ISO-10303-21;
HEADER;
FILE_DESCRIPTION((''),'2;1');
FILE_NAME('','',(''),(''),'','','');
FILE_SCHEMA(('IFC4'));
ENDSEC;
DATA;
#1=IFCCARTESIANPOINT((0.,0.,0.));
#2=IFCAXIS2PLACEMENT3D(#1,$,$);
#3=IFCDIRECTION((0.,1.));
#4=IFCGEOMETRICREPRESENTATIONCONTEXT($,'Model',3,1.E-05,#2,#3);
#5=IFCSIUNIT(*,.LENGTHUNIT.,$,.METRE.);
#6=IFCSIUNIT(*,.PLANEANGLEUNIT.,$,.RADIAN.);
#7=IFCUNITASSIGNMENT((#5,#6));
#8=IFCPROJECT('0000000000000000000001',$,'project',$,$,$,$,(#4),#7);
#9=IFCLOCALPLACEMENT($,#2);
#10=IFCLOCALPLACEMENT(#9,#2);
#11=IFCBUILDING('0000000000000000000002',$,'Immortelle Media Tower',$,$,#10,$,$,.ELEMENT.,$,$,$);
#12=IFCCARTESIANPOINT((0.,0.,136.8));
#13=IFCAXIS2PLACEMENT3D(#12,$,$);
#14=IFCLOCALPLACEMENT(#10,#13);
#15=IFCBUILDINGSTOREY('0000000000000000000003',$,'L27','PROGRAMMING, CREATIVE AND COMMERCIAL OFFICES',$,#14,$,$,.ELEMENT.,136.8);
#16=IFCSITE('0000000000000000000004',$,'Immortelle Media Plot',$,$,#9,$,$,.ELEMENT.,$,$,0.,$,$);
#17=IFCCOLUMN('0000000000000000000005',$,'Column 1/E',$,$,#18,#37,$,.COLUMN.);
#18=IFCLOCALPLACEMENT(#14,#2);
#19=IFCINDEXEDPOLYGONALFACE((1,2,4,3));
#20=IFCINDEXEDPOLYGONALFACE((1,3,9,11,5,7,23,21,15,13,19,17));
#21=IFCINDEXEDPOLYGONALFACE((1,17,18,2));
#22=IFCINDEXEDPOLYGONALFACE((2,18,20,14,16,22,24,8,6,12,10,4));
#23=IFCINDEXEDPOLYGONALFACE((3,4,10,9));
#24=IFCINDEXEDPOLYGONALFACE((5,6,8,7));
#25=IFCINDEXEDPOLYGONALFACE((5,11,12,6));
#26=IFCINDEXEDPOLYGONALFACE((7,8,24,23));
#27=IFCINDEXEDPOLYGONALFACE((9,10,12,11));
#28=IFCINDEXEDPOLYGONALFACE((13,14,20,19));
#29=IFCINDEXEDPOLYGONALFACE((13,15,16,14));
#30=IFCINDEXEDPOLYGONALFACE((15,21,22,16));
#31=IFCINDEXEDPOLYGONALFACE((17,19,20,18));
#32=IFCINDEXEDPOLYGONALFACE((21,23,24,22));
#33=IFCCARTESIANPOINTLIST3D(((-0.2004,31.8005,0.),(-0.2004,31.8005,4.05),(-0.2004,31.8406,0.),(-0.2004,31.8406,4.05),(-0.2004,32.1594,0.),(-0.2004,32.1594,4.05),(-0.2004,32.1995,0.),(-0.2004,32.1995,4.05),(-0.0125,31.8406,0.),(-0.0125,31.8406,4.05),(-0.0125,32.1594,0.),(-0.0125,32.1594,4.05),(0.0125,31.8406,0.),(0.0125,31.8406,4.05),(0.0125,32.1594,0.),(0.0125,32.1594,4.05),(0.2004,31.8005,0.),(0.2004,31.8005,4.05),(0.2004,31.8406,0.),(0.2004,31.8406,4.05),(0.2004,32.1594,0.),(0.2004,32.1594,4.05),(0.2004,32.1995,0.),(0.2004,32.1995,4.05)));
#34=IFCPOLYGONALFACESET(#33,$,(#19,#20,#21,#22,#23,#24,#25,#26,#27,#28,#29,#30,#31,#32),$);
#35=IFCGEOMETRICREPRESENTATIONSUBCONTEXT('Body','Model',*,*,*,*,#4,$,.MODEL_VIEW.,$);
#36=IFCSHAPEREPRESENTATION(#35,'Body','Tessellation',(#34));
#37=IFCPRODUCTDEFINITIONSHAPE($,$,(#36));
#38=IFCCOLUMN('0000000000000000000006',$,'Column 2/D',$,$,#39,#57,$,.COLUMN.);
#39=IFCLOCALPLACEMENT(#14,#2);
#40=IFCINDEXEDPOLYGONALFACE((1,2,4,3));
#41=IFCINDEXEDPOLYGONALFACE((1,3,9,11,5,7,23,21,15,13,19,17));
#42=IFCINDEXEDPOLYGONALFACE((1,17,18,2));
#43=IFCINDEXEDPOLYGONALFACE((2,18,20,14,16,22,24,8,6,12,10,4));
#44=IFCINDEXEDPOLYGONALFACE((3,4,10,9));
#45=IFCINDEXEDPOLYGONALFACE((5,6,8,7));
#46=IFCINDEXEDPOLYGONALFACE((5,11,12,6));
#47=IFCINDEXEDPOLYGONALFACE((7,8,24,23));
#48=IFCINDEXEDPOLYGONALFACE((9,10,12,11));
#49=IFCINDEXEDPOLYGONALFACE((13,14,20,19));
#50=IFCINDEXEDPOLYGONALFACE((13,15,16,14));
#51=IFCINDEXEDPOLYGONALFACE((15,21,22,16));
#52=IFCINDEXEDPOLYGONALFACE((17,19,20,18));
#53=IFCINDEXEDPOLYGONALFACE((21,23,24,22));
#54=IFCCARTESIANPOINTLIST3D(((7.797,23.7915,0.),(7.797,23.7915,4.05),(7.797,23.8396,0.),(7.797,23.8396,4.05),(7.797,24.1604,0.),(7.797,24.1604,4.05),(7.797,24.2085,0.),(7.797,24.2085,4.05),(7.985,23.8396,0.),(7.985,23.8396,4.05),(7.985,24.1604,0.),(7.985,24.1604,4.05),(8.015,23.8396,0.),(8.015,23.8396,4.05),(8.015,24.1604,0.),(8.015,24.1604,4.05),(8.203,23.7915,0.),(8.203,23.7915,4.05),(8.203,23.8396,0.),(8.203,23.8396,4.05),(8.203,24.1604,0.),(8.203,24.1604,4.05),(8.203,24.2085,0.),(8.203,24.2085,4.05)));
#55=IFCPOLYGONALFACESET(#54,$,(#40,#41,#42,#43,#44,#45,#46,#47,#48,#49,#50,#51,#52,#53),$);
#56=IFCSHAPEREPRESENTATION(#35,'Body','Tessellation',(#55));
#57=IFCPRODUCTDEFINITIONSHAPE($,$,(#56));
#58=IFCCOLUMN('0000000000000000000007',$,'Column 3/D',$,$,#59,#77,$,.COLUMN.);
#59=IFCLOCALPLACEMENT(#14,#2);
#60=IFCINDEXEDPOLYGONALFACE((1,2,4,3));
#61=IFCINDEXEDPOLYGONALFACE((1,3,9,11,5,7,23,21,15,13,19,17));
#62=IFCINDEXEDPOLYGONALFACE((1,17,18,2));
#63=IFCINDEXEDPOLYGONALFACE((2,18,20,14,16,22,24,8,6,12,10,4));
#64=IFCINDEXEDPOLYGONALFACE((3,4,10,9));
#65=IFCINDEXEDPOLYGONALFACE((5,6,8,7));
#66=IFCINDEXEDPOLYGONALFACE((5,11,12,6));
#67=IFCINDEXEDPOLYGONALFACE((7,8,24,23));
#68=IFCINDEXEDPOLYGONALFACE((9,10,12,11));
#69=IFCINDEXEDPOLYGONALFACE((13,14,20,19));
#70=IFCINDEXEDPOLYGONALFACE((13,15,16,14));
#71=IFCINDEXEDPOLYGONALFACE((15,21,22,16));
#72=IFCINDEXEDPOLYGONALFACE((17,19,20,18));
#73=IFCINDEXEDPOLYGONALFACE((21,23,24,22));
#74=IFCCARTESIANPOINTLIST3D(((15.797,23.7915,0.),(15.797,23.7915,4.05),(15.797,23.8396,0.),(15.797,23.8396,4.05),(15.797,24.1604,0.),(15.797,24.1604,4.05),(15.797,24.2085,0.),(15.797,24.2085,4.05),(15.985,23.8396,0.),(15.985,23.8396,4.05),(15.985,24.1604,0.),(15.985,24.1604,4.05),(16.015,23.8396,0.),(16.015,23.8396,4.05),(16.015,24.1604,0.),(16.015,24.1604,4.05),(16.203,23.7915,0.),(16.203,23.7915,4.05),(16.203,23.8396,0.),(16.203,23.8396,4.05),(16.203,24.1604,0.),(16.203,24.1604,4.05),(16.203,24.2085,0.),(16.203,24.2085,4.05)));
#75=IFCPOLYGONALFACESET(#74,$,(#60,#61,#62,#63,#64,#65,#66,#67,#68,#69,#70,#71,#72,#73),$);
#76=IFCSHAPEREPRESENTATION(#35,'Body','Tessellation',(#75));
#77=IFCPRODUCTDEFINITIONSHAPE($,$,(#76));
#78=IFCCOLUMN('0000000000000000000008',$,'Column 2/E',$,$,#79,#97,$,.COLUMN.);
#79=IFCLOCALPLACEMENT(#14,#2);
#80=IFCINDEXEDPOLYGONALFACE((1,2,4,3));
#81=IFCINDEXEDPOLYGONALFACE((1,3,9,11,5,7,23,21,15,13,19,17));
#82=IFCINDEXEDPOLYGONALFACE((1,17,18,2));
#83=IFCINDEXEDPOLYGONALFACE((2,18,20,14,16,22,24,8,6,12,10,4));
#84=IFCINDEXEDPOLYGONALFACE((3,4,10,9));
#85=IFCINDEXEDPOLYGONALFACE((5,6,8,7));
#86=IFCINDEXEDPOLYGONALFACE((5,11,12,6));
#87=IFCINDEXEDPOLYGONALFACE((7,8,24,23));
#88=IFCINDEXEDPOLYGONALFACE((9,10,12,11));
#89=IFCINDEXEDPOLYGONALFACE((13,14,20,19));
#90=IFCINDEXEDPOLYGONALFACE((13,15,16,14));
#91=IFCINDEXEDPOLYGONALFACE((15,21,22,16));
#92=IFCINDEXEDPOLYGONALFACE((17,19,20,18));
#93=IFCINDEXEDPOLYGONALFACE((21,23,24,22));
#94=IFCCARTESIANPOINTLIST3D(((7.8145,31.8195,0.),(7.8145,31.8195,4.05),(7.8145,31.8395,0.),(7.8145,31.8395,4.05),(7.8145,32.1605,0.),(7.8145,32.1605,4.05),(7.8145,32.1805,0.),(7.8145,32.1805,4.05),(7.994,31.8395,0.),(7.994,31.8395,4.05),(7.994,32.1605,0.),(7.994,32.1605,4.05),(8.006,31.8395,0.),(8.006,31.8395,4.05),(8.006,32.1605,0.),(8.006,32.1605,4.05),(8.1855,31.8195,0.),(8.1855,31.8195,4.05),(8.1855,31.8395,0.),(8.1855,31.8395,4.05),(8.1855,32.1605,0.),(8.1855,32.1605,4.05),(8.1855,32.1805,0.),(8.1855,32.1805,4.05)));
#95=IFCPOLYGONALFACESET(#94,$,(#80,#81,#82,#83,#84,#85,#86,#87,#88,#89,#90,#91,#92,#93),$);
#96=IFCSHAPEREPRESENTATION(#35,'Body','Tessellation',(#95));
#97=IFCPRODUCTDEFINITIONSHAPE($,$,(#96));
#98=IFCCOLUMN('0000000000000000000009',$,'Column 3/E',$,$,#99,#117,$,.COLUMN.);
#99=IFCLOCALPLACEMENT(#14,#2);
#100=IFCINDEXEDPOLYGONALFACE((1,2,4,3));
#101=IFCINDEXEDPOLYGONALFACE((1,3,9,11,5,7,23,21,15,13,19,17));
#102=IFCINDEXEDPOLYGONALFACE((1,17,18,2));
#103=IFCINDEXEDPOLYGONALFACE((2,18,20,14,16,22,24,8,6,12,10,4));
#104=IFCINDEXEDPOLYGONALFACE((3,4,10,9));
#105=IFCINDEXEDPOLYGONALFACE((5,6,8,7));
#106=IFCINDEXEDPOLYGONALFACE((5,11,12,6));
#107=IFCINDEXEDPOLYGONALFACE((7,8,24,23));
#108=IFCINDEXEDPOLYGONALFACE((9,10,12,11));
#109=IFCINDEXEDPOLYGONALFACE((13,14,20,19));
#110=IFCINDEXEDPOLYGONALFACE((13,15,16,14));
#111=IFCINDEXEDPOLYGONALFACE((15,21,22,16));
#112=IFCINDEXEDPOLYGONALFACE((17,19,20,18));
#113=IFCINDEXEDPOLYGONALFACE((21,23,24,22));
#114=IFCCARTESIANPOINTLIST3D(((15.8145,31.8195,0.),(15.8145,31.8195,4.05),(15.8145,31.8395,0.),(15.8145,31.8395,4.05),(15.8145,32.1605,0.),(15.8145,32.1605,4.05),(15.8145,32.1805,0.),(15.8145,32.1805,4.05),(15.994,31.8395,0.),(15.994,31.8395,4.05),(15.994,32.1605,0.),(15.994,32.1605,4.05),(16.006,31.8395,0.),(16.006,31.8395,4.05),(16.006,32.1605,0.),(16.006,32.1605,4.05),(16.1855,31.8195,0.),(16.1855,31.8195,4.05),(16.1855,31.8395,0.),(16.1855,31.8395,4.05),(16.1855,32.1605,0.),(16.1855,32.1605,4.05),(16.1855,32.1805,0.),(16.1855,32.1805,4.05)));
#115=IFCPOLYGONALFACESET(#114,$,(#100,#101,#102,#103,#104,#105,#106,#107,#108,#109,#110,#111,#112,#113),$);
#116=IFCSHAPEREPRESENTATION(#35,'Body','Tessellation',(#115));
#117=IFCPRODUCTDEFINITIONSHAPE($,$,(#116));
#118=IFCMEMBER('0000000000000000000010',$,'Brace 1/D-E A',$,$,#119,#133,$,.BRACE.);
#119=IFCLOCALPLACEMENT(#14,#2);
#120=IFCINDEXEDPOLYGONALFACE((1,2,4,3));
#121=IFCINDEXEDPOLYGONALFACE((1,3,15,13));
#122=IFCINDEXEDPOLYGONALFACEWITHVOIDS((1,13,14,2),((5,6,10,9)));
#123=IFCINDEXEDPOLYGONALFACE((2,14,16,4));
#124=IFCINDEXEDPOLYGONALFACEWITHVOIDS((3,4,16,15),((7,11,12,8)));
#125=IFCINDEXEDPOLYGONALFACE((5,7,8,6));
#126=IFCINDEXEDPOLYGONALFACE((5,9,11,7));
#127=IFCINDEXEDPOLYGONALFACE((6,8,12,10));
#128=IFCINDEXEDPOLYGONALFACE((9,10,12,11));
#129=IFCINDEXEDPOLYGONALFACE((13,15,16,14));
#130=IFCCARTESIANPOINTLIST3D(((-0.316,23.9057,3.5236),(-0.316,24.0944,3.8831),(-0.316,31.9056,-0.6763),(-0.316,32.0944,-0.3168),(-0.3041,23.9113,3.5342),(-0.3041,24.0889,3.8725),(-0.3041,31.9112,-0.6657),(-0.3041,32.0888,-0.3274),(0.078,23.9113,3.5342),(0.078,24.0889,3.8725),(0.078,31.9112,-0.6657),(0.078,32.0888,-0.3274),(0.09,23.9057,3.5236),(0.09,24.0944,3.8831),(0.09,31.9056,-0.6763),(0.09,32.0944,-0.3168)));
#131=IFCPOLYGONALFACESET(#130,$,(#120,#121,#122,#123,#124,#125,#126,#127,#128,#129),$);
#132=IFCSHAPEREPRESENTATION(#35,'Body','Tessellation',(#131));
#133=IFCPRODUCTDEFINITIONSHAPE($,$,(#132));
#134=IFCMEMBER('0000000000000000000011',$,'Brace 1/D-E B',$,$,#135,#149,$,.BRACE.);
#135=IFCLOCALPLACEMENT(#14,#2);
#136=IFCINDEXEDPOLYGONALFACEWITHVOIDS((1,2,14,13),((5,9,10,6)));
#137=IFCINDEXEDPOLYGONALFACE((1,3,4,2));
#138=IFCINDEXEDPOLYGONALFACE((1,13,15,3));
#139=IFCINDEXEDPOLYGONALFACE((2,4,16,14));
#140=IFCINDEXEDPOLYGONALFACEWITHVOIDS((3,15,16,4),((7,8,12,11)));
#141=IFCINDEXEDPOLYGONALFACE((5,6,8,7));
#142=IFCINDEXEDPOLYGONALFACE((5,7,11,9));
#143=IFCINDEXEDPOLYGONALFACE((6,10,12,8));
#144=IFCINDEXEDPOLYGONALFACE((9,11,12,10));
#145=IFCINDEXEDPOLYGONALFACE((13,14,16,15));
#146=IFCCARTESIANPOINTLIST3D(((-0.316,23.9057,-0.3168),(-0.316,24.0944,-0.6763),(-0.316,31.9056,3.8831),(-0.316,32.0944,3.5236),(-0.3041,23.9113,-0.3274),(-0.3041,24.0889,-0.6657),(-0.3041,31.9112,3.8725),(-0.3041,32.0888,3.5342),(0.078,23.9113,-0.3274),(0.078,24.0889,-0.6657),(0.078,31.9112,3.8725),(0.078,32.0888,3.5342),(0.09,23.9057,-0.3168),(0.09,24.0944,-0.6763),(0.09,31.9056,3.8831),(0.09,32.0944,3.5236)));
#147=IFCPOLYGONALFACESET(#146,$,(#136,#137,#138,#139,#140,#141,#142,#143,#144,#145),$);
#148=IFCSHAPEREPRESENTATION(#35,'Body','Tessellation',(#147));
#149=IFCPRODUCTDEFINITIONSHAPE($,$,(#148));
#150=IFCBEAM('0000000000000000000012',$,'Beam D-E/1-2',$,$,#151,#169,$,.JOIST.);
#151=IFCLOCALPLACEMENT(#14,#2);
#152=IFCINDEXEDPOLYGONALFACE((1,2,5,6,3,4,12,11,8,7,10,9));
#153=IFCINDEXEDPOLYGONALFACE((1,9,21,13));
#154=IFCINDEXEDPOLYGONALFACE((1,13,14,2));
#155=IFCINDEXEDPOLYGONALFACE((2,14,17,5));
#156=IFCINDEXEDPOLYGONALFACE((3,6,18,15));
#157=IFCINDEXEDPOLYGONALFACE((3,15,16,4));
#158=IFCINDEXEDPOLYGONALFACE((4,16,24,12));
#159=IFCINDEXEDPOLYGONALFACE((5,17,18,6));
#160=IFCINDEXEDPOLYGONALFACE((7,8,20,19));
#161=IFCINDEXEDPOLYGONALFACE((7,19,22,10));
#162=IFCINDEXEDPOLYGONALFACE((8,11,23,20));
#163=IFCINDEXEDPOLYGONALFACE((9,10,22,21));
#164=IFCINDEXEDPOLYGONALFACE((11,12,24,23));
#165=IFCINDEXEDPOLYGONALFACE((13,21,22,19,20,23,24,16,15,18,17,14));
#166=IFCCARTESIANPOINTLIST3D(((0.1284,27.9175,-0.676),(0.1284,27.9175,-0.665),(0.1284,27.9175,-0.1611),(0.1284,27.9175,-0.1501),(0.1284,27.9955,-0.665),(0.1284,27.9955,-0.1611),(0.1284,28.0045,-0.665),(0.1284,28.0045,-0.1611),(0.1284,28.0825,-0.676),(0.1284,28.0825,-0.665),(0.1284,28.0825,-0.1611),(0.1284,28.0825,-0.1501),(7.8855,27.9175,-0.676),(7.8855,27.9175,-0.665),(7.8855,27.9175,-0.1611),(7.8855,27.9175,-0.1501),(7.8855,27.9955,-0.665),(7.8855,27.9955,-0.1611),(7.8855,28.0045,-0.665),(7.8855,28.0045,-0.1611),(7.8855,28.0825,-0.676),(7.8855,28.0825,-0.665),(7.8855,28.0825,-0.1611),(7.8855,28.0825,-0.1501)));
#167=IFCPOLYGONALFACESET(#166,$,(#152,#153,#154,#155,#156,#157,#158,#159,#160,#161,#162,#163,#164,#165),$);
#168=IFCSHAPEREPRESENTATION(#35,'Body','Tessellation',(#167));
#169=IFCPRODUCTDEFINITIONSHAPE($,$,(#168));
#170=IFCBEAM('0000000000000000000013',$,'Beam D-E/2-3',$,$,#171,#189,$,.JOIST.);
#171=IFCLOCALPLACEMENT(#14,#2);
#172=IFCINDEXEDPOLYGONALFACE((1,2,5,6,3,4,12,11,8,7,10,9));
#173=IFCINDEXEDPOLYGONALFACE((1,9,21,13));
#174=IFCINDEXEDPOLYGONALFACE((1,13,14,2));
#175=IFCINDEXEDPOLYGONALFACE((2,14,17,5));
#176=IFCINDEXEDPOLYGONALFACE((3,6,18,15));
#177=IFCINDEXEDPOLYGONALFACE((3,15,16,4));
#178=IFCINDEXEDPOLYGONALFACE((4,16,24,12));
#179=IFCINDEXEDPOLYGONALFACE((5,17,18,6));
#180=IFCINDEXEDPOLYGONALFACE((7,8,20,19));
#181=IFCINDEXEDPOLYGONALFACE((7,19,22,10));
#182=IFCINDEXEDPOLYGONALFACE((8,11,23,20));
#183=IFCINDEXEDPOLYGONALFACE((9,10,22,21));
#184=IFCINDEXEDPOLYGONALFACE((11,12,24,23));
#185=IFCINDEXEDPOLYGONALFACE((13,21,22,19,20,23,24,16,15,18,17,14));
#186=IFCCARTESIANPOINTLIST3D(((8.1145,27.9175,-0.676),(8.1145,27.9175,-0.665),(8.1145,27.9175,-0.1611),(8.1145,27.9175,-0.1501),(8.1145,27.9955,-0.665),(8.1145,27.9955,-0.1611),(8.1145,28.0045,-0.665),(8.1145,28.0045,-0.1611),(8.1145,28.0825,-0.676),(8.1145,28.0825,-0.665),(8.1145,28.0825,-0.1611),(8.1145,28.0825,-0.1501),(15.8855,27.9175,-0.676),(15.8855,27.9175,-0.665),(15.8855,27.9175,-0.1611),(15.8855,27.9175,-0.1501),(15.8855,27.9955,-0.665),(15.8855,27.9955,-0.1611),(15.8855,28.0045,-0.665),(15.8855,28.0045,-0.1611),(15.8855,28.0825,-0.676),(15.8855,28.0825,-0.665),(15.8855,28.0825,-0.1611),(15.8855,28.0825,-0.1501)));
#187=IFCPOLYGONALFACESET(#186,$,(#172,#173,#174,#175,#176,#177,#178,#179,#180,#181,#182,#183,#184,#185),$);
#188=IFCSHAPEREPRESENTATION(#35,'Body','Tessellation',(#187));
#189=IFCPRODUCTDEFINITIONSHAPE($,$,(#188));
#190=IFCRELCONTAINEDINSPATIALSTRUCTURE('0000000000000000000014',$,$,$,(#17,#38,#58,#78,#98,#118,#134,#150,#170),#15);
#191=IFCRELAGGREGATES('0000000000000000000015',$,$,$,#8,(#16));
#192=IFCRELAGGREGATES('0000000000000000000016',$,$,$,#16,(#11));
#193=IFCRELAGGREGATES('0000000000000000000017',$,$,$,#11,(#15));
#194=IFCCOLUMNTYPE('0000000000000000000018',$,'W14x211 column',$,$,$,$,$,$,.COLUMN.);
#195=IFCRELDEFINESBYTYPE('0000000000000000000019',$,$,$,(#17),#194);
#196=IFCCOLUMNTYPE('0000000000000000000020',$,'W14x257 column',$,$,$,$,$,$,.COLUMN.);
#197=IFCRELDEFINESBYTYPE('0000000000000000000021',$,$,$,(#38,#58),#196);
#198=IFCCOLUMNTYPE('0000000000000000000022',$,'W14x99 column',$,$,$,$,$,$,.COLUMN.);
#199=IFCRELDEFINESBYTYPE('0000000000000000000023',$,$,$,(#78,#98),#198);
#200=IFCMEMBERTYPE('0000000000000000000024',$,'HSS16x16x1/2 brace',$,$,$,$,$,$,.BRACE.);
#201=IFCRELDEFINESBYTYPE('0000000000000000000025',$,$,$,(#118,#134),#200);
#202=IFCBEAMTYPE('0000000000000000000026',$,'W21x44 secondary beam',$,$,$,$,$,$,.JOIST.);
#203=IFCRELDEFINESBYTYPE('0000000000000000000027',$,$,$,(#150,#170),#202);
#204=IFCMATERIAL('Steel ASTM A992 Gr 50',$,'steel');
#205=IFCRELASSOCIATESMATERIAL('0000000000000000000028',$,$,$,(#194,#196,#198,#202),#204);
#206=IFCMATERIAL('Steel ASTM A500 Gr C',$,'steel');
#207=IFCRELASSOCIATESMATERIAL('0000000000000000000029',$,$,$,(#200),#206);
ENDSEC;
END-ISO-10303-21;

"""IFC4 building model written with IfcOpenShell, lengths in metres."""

from ifc_helpers import new_model, si_unit, direction, frame, origin, origin_2d, place, context, subcontext, project, spatial, hollow_rectangle, i_section, extrude, material, material_profile, profile_set, type_object, element, save


model = new_model("IFC4")

# Units and contexts
model_context = context("Model", 3, precision=1e-05, world=origin(), true_north=direction((0.0, 1.0)))
body_context = subcontext(model_context, "Body", "Model", "MODEL_VIEW")
ifc_project = project(units=[si_unit("LENGTHUNIT", "METRE"), si_unit("PLANEANGLEUNIT", "RADIAN")], contexts=[model_context])

# Site, building, storey
site_placement = place(None, origin())
site = spatial("IfcSite", under=ifc_project, at=site_placement, Name="Immortelle Media Plot", CompositionType="ELEMENT", RefElevation=0.0)
building_placement = place(site_placement, origin())
building = spatial("IfcBuilding", under=site, at=building_placement, Name="Immortelle Media Tower", CompositionType="ELEMENT")
storey_placement = place(building_placement, frame((0.0, 0.0, 136.8)))
storey = spatial("IfcBuildingStorey", under=building, at=storey_placement, Name="L27", Description="PROGRAMMING, CREATIVE AND COMMERCIAL OFFICES", CompositionType="ELEMENT", Elevation=136.8)

# Columns
ifc_material_1 = material(Name="Steel ASTM A992 Gr 50", Category="steel")
ifc_material_profile_1 = material_profile(ifc_material_1, i_section(OverallWidth=0.4009, OverallDepth=0.3989, WebThickness=0.0249, FlangeThickness=0.04, at=origin_2d()), Name="W14x211")
ifc_profile_set_1 = profile_set([ifc_material_profile_1], Name="Steel ASTM A992 Gr 50")
column_type_1 = type_object("IfcColumnType", Name="W14x211 column", PredefinedType="COLUMN", material=ifc_profile_set_1)
column_placement = place(storey_placement, frame((0.0, 32.0, 0.0), z_axis=(0.0, 0.0, 1.0), x_axis=(1.0, 0.0, 0.0)))
element("IfcColumn", 1, at=column_placement, inside=storey, type_object=column_type_1, Name="Column 1/E", PredefinedType="COLUMN", context=body_context, shape_type="SweptSolid", body=[
    extrude(i_section(OverallWidth=0.4009, OverallDepth=0.3989, WebThickness=0.0249, FlangeThickness=0.04, at=origin_2d()), origin(), (0.0, 0.0, 1.0), 4.05),
])
ifc_material_profile_2 = material_profile(ifc_material_1, i_section(OverallWidth=0.406, OverallDepth=0.417, WebThickness=0.03, FlangeThickness=0.0481, at=origin_2d()), Name="W14x257")
ifc_profile_set_2 = profile_set([ifc_material_profile_2], Name="Steel ASTM A992 Gr 50")
column_type_2 = type_object("IfcColumnType", Name="W14x257 column", PredefinedType="COLUMN", material=ifc_profile_set_2)
for number, where, z_axis, x_axis, name in (
    (2, (8.0, 24.0, 0.0), (0.0, 0.0, 1.0), (1.0, 0.0, 0.0), "Column 2/D"),
    (3, (16.0, 24.0, 0.0), (0.0, 0.0, 1.0), (1.0, 0.0, 0.0), "Column 3/D"),
):
    element("IfcColumn", number, at=place(storey_placement, frame(where, z_axis=z_axis, x_axis=x_axis)), inside=storey, type_object=column_type_2, Name=name, PredefinedType="COLUMN", context=body_context, shape_type="SweptSolid", body=[
        extrude(i_section(OverallWidth=0.406, OverallDepth=0.417, WebThickness=0.03, FlangeThickness=0.0481, at=origin_2d()), origin(), (0.0, 0.0, 1.0), 4.05),
    ])
ifc_material_profile_3 = material_profile(ifc_material_1, i_section(OverallWidth=0.3711, OverallDepth=0.3611, WebThickness=0.012, FlangeThickness=0.02, at=origin_2d()), Name="W14x99")
ifc_profile_set_3 = profile_set([ifc_material_profile_3], Name="Steel ASTM A992 Gr 50")
column_type_3 = type_object("IfcColumnType", Name="W14x99 column", PredefinedType="COLUMN", material=ifc_profile_set_3)
for number, where, z_axis, x_axis, name in (
    (4, (8.0, 32.0, 0.0), (0.0, 0.0, 1.0), (1.0, 0.0, 0.0), "Column 2/E"),
    (5, (16.0, 32.0, 0.0), (0.0, 0.0, 1.0), (1.0, 0.0, 0.0), "Column 3/E"),
):
    element("IfcColumn", number, at=place(storey_placement, frame(where, z_axis=z_axis, x_axis=x_axis)), inside=storey, type_object=column_type_3, Name=name, PredefinedType="COLUMN", context=body_context, shape_type="SweptSolid", body=[
        extrude(i_section(OverallWidth=0.3711, OverallDepth=0.3611, WebThickness=0.012, FlangeThickness=0.02, at=origin_2d()), origin(), (0.0, 0.0, 1.0), 4.05),
    ])

# Members
ifc_material_2 = material(Name="Steel ASTM A500 Gr C", Category="steel")
ifc_material_profile_4 = material_profile(ifc_material_2, hollow_rectangle(XDim=0.406, YDim=0.406, WallThickness=0.012, at=origin_2d()), Name="HSS16x16x1/2 brace")
ifc_profile_set_4 = profile_set([ifc_material_profile_4], Name="Steel ASTM A500 Gr C")
member_type = type_object("IfcMemberType", Name="HSS16x16x1/2 brace", PredefinedType="BRACE", material=ifc_profile_set_4)
for number, where, z_axis, x_axis, name in (
    (6, (-0.113, 32.0, -0.4966), (0.0, -0.8854, 0.46483), (1.0, 0.0, 0.0), "Brace 1/D-E A"),
    (7, (-0.113, 32.0, 3.7034), (0.0, -0.8854, -0.46483), (1.0, 0.0, 0.0), "Brace 1/D-E B"),
):
    element("IfcMember", number, at=place(storey_placement, frame(where, z_axis=z_axis, x_axis=x_axis)), inside=storey, type_object=member_type, Name=name, PredefinedType="BRACE", context=body_context, shape_type="SweptSolid", body=[
        extrude(hollow_rectangle(XDim=0.406, YDim=0.406, WallThickness=0.012, at=origin_2d()), origin(), (0.0, 0.0, 1.0), 9.0354),
    ])

# Beams
ifc_material_profile_5 = material_profile(ifc_material_1, i_section(OverallWidth=0.165, OverallDepth=0.5259, WebThickness=0.009, FlangeThickness=0.011, at=origin_2d()), Name="W21x44")
ifc_profile_set_5 = profile_set([ifc_material_profile_5], Name="Steel ASTM A992 Gr 50")
beam_type_1 = type_object("IfcBeamType", Name="W21x44 secondary beam", PredefinedType="JOIST", material=ifc_profile_set_5)
beam_1_placement = place(storey_placement, frame((0.1284, 28.0, -0.4131), z_axis=(1.0, 0.0, 0.0), x_axis=(0.0, 1.0, 0.0)))
element("IfcBeam", 8, at=beam_1_placement, inside=storey, type_object=beam_type_1, Name="Beam D-E/1-2", PredefinedType="JOIST", context=body_context, shape_type="SweptSolid", body=[
    extrude(i_section(OverallWidth=0.165, OverallDepth=0.5259, WebThickness=0.009, FlangeThickness=0.011, at=origin_2d()), origin(), (0.0, 0.0, 1.0), 7.7571),
])
beam_2_placement = place(storey_placement, frame((8.1145, 28.0, -0.4131), z_axis=(1.0, 0.0, 0.0), x_axis=(0.0, 1.0, 0.0)))
element("IfcBeam", 9, at=beam_2_placement, inside=storey, type_object=beam_type_1, Name="Beam D-E/2-3", PredefinedType="JOIST", context=body_context, shape_type="SweptSolid", body=[
    extrude(i_section(OverallWidth=0.165, OverallDepth=0.5259, WebThickness=0.009, FlangeThickness=0.011, at=origin_2d()), origin(), (0.0, 0.0, 1.0), 7.771),
])

save(model, "model.ifc")
